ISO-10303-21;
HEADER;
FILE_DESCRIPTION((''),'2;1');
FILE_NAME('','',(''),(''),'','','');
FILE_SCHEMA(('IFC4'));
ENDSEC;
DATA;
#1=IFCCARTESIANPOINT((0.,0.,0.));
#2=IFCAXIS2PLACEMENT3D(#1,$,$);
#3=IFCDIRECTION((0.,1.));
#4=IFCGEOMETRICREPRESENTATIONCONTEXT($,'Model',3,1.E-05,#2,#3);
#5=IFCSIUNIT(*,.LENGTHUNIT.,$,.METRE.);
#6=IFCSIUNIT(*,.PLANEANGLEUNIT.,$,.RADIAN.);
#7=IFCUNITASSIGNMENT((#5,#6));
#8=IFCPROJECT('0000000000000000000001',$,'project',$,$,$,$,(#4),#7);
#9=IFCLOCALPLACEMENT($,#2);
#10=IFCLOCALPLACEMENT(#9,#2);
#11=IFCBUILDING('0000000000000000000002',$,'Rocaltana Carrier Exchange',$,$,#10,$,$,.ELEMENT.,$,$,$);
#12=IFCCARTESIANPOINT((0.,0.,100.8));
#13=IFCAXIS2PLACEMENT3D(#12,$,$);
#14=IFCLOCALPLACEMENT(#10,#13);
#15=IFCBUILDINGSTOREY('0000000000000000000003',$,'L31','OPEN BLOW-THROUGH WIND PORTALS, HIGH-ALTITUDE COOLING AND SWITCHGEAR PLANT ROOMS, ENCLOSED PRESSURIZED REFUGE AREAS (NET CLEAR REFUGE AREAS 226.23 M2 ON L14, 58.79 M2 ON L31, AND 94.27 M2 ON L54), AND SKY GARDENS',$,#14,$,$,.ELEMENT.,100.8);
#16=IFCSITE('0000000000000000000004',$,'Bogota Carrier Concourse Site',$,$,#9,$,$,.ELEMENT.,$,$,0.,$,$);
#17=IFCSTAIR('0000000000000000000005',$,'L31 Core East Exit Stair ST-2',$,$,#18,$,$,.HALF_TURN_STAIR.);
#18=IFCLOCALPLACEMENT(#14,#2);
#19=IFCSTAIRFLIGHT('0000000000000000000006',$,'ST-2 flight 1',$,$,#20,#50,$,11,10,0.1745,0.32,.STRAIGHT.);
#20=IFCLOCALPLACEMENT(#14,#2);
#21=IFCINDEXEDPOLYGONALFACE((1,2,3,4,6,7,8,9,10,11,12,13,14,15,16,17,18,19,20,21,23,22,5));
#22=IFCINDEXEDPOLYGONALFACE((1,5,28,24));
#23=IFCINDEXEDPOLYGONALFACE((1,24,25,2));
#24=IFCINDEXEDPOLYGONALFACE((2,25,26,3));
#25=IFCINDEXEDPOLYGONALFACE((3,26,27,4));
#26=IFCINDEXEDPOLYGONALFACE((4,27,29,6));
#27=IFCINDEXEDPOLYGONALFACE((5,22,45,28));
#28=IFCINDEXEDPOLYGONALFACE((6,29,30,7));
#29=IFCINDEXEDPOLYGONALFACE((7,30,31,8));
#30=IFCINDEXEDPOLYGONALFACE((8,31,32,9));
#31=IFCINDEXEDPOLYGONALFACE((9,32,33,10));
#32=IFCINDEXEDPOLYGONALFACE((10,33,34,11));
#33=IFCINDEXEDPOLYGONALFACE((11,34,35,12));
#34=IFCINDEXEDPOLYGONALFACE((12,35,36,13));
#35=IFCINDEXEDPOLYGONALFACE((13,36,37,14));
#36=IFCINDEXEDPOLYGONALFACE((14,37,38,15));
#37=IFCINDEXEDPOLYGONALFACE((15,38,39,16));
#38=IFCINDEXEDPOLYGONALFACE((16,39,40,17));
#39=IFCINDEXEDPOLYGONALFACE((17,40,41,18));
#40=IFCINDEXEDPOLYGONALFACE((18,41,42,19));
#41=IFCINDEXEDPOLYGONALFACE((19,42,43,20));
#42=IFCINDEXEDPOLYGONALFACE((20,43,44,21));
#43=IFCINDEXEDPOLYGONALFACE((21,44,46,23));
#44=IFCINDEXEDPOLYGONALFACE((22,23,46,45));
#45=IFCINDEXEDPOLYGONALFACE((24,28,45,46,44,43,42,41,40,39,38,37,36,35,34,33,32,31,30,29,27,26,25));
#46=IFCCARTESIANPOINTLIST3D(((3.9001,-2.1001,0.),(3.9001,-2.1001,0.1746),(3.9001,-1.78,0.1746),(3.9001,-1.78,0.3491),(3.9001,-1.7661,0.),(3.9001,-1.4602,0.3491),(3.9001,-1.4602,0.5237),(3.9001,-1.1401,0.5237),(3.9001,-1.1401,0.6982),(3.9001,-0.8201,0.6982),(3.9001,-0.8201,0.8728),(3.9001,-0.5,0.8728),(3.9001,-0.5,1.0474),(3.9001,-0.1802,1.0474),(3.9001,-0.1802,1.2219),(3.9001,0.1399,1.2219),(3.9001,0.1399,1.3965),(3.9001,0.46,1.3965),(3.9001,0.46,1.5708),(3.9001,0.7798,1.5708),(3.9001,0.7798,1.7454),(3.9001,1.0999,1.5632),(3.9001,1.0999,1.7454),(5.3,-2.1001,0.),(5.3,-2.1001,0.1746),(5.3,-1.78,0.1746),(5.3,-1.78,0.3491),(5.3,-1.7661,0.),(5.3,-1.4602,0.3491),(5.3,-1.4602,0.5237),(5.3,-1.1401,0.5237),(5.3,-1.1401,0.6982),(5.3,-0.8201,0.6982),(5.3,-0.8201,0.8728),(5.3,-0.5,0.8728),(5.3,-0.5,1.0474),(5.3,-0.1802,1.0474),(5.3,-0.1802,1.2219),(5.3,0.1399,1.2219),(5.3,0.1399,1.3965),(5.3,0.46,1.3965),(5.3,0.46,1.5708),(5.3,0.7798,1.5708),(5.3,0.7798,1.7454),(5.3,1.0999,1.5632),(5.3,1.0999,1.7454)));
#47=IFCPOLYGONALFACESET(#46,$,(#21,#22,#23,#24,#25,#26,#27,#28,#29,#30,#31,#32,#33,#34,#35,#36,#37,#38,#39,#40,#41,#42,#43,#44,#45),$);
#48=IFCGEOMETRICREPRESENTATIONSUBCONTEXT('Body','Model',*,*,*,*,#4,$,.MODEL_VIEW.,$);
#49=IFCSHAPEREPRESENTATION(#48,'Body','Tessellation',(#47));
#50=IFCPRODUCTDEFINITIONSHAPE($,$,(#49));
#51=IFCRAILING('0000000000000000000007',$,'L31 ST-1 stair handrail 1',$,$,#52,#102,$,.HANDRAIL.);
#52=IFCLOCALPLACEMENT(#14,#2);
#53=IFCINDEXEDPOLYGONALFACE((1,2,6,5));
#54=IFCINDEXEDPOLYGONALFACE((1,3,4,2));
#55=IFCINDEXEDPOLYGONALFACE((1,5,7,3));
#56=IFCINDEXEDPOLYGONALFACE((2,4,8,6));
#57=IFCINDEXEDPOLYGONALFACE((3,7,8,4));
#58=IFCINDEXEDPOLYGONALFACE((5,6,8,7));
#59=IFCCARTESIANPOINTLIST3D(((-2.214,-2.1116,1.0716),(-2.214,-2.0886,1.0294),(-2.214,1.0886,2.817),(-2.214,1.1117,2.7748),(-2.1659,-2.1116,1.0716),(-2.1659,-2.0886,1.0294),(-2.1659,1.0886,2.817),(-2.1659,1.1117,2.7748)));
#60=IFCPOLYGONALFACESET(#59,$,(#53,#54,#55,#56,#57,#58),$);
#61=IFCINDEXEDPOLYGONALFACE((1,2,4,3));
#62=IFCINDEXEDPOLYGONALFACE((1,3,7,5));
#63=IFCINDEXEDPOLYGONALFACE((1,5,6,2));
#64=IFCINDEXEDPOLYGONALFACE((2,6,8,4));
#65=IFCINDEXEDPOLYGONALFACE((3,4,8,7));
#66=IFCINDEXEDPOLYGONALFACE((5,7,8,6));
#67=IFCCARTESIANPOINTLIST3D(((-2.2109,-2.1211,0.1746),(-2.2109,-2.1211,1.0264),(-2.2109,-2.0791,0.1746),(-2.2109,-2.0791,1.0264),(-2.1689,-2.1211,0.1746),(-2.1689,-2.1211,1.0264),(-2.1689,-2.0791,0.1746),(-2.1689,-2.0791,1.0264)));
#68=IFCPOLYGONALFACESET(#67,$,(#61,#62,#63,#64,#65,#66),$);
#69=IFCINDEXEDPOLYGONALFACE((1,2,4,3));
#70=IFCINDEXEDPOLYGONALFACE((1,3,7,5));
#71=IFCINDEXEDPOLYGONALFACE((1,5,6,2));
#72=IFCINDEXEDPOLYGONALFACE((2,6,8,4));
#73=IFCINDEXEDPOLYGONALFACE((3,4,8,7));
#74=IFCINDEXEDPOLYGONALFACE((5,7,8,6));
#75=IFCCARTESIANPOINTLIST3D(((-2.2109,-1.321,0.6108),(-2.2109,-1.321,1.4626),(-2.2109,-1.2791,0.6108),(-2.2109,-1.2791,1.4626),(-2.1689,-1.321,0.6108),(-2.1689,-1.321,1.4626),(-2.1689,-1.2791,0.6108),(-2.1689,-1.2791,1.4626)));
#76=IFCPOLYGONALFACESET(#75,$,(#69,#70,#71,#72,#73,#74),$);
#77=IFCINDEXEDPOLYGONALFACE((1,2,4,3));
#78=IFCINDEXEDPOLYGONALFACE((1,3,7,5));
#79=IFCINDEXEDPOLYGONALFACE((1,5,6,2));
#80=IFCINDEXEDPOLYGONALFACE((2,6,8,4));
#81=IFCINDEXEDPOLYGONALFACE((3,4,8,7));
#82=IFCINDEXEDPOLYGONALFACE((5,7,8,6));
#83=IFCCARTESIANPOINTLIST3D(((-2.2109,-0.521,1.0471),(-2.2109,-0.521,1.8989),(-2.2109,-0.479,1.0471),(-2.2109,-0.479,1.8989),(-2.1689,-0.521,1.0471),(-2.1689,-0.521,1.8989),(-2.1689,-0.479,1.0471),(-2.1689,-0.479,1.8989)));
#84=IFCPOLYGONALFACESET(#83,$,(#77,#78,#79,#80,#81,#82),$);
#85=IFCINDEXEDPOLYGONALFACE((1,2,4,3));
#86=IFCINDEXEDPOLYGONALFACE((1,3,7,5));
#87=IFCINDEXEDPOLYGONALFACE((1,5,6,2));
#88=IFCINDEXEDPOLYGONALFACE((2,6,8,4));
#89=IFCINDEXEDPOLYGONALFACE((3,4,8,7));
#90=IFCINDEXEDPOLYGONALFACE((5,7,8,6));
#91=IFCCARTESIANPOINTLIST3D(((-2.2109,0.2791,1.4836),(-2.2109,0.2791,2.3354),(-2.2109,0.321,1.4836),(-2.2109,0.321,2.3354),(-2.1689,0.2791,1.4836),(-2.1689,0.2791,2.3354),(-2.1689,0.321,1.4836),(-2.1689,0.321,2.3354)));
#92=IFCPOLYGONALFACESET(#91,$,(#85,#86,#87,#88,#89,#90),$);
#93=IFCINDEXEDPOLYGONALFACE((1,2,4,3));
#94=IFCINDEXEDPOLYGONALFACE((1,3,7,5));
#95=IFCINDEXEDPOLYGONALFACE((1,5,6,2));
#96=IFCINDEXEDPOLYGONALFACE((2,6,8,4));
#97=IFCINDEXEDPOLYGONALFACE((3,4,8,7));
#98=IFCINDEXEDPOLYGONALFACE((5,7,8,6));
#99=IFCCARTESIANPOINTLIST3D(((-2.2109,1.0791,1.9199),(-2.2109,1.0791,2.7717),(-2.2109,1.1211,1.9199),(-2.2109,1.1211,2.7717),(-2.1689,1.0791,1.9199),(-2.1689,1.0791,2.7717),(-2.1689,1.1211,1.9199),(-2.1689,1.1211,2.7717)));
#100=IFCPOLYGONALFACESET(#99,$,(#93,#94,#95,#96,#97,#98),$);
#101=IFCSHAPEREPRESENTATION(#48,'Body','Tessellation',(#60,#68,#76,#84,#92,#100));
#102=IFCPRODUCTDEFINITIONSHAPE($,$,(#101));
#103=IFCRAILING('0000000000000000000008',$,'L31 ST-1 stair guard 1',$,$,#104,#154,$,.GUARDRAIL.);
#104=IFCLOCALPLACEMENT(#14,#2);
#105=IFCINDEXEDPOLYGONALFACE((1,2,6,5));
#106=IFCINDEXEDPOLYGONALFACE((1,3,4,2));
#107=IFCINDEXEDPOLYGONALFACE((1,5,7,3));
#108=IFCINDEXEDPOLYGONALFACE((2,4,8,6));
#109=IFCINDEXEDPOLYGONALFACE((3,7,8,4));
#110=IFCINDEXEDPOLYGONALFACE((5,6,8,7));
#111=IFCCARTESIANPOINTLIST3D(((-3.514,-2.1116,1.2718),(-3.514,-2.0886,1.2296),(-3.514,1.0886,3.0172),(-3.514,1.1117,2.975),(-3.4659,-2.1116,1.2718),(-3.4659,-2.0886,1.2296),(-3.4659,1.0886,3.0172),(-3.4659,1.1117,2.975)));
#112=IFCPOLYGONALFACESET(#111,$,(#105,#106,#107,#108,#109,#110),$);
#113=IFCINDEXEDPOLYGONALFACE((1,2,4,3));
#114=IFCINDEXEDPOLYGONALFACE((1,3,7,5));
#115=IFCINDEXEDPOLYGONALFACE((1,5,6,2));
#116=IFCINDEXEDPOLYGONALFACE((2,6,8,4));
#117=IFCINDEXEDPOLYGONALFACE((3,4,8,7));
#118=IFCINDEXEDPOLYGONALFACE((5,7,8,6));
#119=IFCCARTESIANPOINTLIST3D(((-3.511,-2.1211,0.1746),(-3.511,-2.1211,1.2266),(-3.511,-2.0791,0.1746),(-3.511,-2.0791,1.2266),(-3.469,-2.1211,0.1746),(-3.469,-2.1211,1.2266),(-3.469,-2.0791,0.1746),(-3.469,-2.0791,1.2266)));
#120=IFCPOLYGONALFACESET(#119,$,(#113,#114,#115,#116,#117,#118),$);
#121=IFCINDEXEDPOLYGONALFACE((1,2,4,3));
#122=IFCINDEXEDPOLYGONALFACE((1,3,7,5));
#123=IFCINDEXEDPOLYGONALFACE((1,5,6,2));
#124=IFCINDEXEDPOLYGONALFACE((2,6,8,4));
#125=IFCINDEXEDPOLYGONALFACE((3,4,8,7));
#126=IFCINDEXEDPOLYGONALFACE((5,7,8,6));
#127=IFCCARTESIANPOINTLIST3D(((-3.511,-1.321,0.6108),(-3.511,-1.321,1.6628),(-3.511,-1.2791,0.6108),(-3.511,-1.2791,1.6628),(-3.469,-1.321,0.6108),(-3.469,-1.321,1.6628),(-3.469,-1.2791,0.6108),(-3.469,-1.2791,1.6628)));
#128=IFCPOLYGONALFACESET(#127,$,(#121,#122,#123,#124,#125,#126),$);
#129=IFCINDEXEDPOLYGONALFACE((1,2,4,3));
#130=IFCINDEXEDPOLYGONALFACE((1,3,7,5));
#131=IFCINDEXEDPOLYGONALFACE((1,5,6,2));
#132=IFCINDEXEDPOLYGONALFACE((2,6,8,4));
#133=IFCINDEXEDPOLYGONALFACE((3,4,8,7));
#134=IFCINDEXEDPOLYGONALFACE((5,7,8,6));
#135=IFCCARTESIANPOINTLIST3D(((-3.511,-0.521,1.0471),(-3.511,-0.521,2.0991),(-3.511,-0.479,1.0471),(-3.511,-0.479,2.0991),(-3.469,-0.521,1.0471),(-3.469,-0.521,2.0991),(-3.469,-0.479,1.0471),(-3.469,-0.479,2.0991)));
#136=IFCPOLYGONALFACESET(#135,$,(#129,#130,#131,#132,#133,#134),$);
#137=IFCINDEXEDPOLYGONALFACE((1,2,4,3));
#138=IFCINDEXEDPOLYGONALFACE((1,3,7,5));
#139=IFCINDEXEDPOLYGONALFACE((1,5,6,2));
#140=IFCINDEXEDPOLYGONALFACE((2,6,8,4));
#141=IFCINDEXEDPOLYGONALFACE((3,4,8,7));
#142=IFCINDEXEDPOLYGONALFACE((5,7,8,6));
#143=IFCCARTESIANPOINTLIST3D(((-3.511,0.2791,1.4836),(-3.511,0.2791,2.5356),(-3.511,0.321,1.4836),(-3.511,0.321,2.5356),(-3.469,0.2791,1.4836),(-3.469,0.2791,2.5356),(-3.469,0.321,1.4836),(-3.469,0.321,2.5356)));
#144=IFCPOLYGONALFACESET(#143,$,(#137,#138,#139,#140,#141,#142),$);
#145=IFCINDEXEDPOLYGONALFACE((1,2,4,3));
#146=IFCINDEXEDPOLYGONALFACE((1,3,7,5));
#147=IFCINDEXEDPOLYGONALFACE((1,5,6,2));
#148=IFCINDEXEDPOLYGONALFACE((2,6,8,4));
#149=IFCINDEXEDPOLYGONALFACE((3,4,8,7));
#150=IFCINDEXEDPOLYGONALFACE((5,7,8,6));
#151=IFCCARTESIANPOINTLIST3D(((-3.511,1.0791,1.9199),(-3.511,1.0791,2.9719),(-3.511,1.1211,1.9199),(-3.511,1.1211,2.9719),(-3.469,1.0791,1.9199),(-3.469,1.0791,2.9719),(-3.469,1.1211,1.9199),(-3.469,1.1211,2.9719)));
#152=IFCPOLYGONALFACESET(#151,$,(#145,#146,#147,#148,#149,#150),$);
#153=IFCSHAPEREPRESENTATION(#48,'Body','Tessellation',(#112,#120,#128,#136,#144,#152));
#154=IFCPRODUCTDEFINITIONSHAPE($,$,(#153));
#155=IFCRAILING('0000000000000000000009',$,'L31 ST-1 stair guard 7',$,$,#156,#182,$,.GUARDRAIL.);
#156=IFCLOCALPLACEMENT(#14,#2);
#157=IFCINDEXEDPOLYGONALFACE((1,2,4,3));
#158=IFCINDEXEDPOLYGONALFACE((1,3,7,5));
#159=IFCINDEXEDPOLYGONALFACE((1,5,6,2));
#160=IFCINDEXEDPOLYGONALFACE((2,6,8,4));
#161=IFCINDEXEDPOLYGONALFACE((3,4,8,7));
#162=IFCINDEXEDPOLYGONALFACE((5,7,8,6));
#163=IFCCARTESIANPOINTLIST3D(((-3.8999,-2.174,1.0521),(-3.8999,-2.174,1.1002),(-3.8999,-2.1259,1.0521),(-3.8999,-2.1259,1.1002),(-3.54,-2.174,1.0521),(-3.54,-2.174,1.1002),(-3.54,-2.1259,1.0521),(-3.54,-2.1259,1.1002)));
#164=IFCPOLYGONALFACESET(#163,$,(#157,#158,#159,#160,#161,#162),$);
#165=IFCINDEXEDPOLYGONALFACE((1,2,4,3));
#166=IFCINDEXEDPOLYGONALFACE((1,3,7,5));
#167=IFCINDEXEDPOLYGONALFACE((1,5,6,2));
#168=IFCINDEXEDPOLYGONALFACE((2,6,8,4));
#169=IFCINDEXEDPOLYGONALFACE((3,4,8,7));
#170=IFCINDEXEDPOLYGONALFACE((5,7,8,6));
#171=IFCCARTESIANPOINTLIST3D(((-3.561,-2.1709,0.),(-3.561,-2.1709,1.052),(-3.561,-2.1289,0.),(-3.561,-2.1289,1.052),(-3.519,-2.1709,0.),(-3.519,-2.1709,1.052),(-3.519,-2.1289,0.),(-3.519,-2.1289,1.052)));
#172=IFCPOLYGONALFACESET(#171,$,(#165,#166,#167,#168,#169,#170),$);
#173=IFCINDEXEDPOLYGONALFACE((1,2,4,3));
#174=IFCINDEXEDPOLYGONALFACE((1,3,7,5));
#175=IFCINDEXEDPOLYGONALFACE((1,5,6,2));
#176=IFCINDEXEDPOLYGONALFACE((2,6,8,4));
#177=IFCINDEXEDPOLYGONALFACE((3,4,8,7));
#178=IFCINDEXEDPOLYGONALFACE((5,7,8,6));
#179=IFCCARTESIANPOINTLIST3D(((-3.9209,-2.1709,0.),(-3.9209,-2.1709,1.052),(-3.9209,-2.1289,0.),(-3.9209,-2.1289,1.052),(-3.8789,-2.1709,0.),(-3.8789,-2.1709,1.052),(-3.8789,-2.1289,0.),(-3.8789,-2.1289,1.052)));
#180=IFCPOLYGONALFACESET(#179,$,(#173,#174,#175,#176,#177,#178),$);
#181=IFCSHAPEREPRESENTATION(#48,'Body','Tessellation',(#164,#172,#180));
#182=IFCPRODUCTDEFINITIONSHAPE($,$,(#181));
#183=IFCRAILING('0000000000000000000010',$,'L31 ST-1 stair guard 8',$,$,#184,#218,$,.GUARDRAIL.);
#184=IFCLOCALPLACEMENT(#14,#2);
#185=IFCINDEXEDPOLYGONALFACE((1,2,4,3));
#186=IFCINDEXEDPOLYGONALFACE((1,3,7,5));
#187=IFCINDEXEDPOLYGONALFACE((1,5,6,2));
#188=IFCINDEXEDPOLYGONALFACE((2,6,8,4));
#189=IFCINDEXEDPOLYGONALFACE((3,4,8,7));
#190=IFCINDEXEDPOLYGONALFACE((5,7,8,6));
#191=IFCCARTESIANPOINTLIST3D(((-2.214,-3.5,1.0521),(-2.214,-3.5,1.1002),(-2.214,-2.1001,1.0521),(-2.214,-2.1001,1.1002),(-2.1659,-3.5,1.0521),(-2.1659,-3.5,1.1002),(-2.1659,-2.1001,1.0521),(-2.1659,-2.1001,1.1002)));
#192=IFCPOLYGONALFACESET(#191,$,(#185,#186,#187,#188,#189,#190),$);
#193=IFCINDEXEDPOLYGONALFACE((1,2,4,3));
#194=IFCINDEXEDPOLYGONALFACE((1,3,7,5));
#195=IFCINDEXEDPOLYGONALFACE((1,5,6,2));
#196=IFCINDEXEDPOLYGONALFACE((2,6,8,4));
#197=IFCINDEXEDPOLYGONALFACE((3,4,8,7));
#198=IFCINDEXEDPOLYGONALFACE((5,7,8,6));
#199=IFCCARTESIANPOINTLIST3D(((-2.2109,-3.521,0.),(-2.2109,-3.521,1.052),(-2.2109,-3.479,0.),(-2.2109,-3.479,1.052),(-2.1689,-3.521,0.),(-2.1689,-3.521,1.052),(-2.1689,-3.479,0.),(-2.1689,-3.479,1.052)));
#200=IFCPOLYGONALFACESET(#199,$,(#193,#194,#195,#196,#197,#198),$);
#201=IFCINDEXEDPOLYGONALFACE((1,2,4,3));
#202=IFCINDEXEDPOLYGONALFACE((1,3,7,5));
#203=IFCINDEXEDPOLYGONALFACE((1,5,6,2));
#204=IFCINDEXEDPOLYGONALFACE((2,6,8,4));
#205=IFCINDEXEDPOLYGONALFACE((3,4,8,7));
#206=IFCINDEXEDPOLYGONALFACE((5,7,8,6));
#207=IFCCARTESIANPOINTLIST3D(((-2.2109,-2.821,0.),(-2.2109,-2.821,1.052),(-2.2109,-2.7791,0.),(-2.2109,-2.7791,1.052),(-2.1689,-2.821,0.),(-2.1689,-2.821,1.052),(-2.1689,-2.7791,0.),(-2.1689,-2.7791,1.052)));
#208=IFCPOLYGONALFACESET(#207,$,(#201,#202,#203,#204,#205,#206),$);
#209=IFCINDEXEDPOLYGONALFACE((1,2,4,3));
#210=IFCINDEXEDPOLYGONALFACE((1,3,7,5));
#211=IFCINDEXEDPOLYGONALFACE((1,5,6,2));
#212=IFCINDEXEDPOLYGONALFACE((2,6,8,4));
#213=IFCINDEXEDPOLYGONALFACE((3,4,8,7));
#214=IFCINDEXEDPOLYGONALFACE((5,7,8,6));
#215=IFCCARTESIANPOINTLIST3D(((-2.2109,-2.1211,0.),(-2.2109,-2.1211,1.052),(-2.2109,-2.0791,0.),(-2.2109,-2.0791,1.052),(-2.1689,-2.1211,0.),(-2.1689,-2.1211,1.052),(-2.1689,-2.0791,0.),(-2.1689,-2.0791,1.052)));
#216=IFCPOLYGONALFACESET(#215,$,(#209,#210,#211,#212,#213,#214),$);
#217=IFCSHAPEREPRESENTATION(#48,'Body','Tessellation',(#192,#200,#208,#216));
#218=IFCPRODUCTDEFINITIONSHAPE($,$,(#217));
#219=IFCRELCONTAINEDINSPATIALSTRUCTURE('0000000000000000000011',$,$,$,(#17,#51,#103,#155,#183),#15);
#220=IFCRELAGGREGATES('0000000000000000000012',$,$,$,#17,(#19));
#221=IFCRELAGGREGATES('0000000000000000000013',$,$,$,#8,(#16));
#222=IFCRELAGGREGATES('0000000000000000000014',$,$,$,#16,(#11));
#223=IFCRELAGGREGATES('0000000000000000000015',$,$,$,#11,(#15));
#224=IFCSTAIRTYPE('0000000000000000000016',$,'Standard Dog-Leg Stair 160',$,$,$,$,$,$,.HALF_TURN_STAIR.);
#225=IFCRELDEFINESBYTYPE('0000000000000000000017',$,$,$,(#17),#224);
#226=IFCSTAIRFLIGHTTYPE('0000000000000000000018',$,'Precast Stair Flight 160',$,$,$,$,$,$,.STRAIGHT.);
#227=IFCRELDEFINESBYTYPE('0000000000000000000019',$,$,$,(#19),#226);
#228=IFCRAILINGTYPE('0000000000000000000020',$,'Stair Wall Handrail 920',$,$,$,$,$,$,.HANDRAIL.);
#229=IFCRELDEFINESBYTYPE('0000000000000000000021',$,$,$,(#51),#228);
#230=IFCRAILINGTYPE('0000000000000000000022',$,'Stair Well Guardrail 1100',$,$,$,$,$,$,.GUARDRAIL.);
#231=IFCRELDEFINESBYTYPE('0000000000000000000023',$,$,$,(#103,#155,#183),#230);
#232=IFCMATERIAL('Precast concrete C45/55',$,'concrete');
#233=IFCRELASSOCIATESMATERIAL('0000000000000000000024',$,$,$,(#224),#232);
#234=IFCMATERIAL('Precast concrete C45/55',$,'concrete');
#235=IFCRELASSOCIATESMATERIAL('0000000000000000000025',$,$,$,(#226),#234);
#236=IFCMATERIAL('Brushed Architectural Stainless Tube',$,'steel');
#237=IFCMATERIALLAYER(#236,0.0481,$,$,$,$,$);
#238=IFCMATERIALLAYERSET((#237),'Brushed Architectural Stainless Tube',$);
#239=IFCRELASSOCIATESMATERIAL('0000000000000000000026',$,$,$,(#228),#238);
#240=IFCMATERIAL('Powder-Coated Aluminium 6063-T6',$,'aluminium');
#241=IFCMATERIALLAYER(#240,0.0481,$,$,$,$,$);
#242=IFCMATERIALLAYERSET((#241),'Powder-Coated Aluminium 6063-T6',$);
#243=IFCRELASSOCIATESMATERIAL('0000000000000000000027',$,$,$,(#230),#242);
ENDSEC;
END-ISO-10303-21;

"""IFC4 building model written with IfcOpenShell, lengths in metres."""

from ifc_helpers import new_model, si_unit, direction, frame, origin, origin_2d, place, context, subcontext, project, spatial, polyline, rectangle, outline, extrude, material, layer, layer_set, type_object, element, aggregate, save


model = new_model("IFC4")

# Units and contexts
model_context = context("Model", 3, precision=1e-05, world=origin(), true_north=direction((0.0, 1.0)))
body_context = subcontext(model_context, "Body", "Model", "MODEL_VIEW")
ifc_project = project(units=[si_unit("LENGTHUNIT", "METRE"), si_unit("PLANEANGLEUNIT", "RADIAN")], contexts=[model_context])

# Site, building, storey
site_placement = place(None, origin())
site = spatial("IfcSite", under=ifc_project, at=site_placement, Name="Bogota Carrier Concourse Site", CompositionType="ELEMENT", RefElevation=0.0)
building_placement = place(site_placement, origin())
building = spatial("IfcBuilding", under=site, at=building_placement, Name="Rocaltana Carrier Exchange", CompositionType="ELEMENT")
storey_placement = place(building_placement, frame((0.0, 0.0, 100.8)))
storey = spatial("IfcBuildingStorey", under=building, at=storey_placement, Name="L31", Description="OPEN BLOW-THROUGH WIND PORTALS, HIGH-ALTITUDE COOLING AND SWITCHGEAR PLANT ROOMS, ENCLOSED PRESSURIZED REFUGE AREAS (NET CLEAR REFUGE AREAS 226.23 M2 ON L14, 58.79 M2 ON L31, AND 94.27 M2 ON L54), AND SKY GARDENS", CompositionType="ELEMENT", Elevation=100.8)

# Stair, stair flight
ifc_material_1 = material(Name="Precast concrete C45/55", Category="concrete")
stair_type = type_object("IfcStairType", Name="Standard Dog-Leg Stair 160", PredefinedType="HALF_TURN_STAIR", material=ifc_material_1)
ifc_material_2 = material(Name="Precast concrete C45/55", Category="concrete")
stair_flight_type = type_object("IfcStairFlightType", Name="Precast Stair Flight 160", PredefinedType="STRAIGHT", material=ifc_material_2)
stair_1_placement = place(storey_placement, origin())
stair_1 = element("IfcStair", 1, at=stair_1_placement, inside=storey, type_object=stair_type, Name="L31 Core East Exit Stair ST-2", PredefinedType="HALF_TURN_STAIR")
stair_flight_1_placement = place(storey_placement, frame((4.6001, -2.1001, 0.0), z_axis=(0.0, 0.0, 1.0), x_axis=(0.0, 1.0, 0.0)))
stair_flight_1 = element("IfcStairFlight", 2, at=stair_flight_1_placement, type_object=stair_flight_type, Name="ST-2 flight 1", NumberOfRisers=11, NumberOfTreads=10, PredefinedType="STRAIGHT", RiserHeight=0.1745, TreadLength=0.32, context=body_context, shape_type="SweptSolid", body=[
    extrude(outline(polyline([(0.0, 0.0), (0.0, 0.1746), (0.3201, 0.1746), (0.3201, 0.3491), (0.6399, 0.3491), (0.6399, 0.5237), (0.96, 0.5237), (0.96, 0.6982), (1.28, 0.6982), (1.28, 0.8728), (1.6001, 0.8728), (1.6001, 1.0474), (1.9199, 1.0474), (1.9199, 1.2219), (2.24, 1.2219), (2.24, 1.3965), (2.5601, 1.3965), (2.5601, 1.5708), (2.8799, 1.5708), (2.8799, 1.7454), (3.2, 1.7454), (3.2, 1.9199), (3.2, 1.5632), (0.334, 0.0), (0.0, 0.0)])), frame((0.0, 0.7, 0.0), z_axis=(0.0, -1.0, 0.0), x_axis=(1.0, 0.0, 0.0)), (0.0, 0.0, 1.0), 1.3999),
])
aggregate(stair_1, [stair_flight_1])

# Railings
ifc_material_3 = material(Name="Brushed Architectural Stainless Tube", Category="steel")
ifc_layer_1 = layer(ifc_material_3, 0.0481)
ifc_layer_set_1 = layer_set([ifc_layer_1], Name="Brushed Architectural Stainless Tube")
railing_type_1 = type_object("IfcRailingType", Name="Stair Wall Handrail 920", PredefinedType="HANDRAIL", material=ifc_layer_set_1)
railing_1_placement = place(storey_placement, frame((-2.1899, -2.1001, 0.1746)))
element("IfcRailing", 3, at=railing_1_placement, inside=storey, type_object=railing_type_1, Name="L31 ST-1 stair handrail 1", PredefinedType="HANDRAIL", context=body_context, shape_type="SweptSolid", body=[
    extrude(rectangle(XDim=0.0481, YDim=0.0481, at=origin_2d()), frame((0.0, 0.0, 0.876), z_axis=(0.0, 0.877919, 0.47881), x_axis=(-1.0, 0.0, 0.0)), (0.0, 0.0, 1.0), 3.6453),
    extrude(rectangle(XDim=0.042, YDim=0.042, at=origin_2d()), origin(), (0.0, 0.0, 1.0), 0.8518),
    extrude(rectangle(XDim=0.042, YDim=0.042, at=origin_2d()), frame((0.0, 0.8, 0.4363)), (0.0, 0.0, 1.0), 0.8518),
    extrude(rectangle(XDim=0.042, YDim=0.042, at=origin_2d()), frame((0.0, 1.6001, 0.8726)), (0.0, 0.0, 1.0), 0.8518),
    extrude(rectangle(XDim=0.042, YDim=0.042, at=origin_2d()), frame((0.0, 2.4001, 1.3091)), (0.0, 0.0, 1.0), 0.8518),
    extrude(rectangle(XDim=0.042, YDim=0.042, at=origin_2d()), frame((0.0, 3.2002, 1.7454)), (0.0, 0.0, 1.0), 0.8518),
])
ifc_material_4 = material(Name="Powder-Coated Aluminium 6063-T6", Category="aluminium")
ifc_layer_2 = layer(ifc_material_4, 0.0481)
ifc_layer_set_2 = layer_set([ifc_layer_2], Name="Powder-Coated Aluminium 6063-T6")
railing_type_2 = type_object("IfcRailingType", Name="Stair Well Guardrail 1100", PredefinedType="GUARDRAIL", material=ifc_layer_set_2)
railing_2_placement = place(storey_placement, frame((-3.49, -2.1001, 0.1746)))
element("IfcRailing", 4, at=railing_2_placement, inside=storey, type_object=railing_type_2, Name="L31 ST-1 stair guard 1", PredefinedType="GUARDRAIL", context=body_context, shape_type="SweptSolid", body=[
    extrude(rectangle(XDim=0.0481, YDim=0.0481, at=origin_2d()), frame((0.0, 0.0, 1.0762), z_axis=(0.0, 0.877919, 0.47881), x_axis=(-1.0, 0.0, 0.0)), (0.0, 0.0, 1.0), 3.6453),
    extrude(rectangle(XDim=0.042, YDim=0.042, at=origin_2d()), origin(), (0.0, 0.0, 1.0), 1.052),
    extrude(rectangle(XDim=0.042, YDim=0.042, at=origin_2d()), frame((0.0, 0.8, 0.4363)), (0.0, 0.0, 1.0), 1.052),
    extrude(rectangle(XDim=0.042, YDim=0.042, at=origin_2d()), frame((0.0, 1.6001, 0.8726)), (0.0, 0.0, 1.0), 1.052),
    extrude(rectangle(XDim=0.042, YDim=0.042, at=origin_2d()), frame((0.0, 2.4001, 1.3091)), (0.0, 0.0, 1.0), 1.052),
    extrude(rectangle(XDim=0.042, YDim=0.042, at=origin_2d()), frame((0.0, 3.2002, 1.7454)), (0.0, 0.0, 1.0), 1.052),
])
railing_3_placement = place(storey_placement, frame((-3.54, -2.1499, 0.0)))
element("IfcRailing", 5, at=railing_3_placement, inside=storey, type_object=railing_type_2, Name="L31 ST-1 stair guard 7", PredefinedType="GUARDRAIL", context=body_context, shape_type="SweptSolid", body=[
    extrude(rectangle(XDim=0.0481, YDim=0.0481, at=origin_2d()), frame((0.0, 0.0, 1.0762), z_axis=(-1.0, 0.0, 0.0), x_axis=(0.0, -1.0, 0.0)), (0.0, 0.0, 1.0), 0.3599),
    extrude(rectangle(XDim=0.042, YDim=0.042, at=origin_2d()), origin(), (0.0, 0.0, 1.0), 1.052),
    extrude(rectangle(XDim=0.042, YDim=0.042, at=origin_2d()), frame((-0.3599, 0.0, 0.0)), (0.0, 0.0, 1.0), 1.052),
])
railing_4_placement = place(storey_placement, frame((-2.1899, -3.5, 0.0)))
element("IfcRailing", 6, at=railing_4_placement, inside=storey, type_object=railing_type_2, Name="L31 ST-1 stair guard 8", PredefinedType="GUARDRAIL", context=body_context, shape_type="SweptSolid", body=[
    extrude(rectangle(XDim=0.0481, YDim=0.0481, at=origin_2d()), frame((0.0, 0.0, 1.0762), z_axis=(0.0, 1.0, 0.0), x_axis=(-1.0, 0.0, 0.0)), (0.0, 0.0, 1.0), 1.3999),
    extrude(rectangle(XDim=0.042, YDim=0.042, at=origin_2d()), origin(), (0.0, 0.0, 1.0), 1.052),
    extrude(rectangle(XDim=0.042, YDim=0.042, at=origin_2d()), frame((0.0, 0.7, 0.0)), (0.0, 0.0, 1.0), 1.052),
    extrude(rectangle(XDim=0.042, YDim=0.042, at=origin_2d()), frame((0.0, 1.3999, 0.0)), (0.0, 0.0, 1.0), 1.052),
])

save(model, "model.ifc")
